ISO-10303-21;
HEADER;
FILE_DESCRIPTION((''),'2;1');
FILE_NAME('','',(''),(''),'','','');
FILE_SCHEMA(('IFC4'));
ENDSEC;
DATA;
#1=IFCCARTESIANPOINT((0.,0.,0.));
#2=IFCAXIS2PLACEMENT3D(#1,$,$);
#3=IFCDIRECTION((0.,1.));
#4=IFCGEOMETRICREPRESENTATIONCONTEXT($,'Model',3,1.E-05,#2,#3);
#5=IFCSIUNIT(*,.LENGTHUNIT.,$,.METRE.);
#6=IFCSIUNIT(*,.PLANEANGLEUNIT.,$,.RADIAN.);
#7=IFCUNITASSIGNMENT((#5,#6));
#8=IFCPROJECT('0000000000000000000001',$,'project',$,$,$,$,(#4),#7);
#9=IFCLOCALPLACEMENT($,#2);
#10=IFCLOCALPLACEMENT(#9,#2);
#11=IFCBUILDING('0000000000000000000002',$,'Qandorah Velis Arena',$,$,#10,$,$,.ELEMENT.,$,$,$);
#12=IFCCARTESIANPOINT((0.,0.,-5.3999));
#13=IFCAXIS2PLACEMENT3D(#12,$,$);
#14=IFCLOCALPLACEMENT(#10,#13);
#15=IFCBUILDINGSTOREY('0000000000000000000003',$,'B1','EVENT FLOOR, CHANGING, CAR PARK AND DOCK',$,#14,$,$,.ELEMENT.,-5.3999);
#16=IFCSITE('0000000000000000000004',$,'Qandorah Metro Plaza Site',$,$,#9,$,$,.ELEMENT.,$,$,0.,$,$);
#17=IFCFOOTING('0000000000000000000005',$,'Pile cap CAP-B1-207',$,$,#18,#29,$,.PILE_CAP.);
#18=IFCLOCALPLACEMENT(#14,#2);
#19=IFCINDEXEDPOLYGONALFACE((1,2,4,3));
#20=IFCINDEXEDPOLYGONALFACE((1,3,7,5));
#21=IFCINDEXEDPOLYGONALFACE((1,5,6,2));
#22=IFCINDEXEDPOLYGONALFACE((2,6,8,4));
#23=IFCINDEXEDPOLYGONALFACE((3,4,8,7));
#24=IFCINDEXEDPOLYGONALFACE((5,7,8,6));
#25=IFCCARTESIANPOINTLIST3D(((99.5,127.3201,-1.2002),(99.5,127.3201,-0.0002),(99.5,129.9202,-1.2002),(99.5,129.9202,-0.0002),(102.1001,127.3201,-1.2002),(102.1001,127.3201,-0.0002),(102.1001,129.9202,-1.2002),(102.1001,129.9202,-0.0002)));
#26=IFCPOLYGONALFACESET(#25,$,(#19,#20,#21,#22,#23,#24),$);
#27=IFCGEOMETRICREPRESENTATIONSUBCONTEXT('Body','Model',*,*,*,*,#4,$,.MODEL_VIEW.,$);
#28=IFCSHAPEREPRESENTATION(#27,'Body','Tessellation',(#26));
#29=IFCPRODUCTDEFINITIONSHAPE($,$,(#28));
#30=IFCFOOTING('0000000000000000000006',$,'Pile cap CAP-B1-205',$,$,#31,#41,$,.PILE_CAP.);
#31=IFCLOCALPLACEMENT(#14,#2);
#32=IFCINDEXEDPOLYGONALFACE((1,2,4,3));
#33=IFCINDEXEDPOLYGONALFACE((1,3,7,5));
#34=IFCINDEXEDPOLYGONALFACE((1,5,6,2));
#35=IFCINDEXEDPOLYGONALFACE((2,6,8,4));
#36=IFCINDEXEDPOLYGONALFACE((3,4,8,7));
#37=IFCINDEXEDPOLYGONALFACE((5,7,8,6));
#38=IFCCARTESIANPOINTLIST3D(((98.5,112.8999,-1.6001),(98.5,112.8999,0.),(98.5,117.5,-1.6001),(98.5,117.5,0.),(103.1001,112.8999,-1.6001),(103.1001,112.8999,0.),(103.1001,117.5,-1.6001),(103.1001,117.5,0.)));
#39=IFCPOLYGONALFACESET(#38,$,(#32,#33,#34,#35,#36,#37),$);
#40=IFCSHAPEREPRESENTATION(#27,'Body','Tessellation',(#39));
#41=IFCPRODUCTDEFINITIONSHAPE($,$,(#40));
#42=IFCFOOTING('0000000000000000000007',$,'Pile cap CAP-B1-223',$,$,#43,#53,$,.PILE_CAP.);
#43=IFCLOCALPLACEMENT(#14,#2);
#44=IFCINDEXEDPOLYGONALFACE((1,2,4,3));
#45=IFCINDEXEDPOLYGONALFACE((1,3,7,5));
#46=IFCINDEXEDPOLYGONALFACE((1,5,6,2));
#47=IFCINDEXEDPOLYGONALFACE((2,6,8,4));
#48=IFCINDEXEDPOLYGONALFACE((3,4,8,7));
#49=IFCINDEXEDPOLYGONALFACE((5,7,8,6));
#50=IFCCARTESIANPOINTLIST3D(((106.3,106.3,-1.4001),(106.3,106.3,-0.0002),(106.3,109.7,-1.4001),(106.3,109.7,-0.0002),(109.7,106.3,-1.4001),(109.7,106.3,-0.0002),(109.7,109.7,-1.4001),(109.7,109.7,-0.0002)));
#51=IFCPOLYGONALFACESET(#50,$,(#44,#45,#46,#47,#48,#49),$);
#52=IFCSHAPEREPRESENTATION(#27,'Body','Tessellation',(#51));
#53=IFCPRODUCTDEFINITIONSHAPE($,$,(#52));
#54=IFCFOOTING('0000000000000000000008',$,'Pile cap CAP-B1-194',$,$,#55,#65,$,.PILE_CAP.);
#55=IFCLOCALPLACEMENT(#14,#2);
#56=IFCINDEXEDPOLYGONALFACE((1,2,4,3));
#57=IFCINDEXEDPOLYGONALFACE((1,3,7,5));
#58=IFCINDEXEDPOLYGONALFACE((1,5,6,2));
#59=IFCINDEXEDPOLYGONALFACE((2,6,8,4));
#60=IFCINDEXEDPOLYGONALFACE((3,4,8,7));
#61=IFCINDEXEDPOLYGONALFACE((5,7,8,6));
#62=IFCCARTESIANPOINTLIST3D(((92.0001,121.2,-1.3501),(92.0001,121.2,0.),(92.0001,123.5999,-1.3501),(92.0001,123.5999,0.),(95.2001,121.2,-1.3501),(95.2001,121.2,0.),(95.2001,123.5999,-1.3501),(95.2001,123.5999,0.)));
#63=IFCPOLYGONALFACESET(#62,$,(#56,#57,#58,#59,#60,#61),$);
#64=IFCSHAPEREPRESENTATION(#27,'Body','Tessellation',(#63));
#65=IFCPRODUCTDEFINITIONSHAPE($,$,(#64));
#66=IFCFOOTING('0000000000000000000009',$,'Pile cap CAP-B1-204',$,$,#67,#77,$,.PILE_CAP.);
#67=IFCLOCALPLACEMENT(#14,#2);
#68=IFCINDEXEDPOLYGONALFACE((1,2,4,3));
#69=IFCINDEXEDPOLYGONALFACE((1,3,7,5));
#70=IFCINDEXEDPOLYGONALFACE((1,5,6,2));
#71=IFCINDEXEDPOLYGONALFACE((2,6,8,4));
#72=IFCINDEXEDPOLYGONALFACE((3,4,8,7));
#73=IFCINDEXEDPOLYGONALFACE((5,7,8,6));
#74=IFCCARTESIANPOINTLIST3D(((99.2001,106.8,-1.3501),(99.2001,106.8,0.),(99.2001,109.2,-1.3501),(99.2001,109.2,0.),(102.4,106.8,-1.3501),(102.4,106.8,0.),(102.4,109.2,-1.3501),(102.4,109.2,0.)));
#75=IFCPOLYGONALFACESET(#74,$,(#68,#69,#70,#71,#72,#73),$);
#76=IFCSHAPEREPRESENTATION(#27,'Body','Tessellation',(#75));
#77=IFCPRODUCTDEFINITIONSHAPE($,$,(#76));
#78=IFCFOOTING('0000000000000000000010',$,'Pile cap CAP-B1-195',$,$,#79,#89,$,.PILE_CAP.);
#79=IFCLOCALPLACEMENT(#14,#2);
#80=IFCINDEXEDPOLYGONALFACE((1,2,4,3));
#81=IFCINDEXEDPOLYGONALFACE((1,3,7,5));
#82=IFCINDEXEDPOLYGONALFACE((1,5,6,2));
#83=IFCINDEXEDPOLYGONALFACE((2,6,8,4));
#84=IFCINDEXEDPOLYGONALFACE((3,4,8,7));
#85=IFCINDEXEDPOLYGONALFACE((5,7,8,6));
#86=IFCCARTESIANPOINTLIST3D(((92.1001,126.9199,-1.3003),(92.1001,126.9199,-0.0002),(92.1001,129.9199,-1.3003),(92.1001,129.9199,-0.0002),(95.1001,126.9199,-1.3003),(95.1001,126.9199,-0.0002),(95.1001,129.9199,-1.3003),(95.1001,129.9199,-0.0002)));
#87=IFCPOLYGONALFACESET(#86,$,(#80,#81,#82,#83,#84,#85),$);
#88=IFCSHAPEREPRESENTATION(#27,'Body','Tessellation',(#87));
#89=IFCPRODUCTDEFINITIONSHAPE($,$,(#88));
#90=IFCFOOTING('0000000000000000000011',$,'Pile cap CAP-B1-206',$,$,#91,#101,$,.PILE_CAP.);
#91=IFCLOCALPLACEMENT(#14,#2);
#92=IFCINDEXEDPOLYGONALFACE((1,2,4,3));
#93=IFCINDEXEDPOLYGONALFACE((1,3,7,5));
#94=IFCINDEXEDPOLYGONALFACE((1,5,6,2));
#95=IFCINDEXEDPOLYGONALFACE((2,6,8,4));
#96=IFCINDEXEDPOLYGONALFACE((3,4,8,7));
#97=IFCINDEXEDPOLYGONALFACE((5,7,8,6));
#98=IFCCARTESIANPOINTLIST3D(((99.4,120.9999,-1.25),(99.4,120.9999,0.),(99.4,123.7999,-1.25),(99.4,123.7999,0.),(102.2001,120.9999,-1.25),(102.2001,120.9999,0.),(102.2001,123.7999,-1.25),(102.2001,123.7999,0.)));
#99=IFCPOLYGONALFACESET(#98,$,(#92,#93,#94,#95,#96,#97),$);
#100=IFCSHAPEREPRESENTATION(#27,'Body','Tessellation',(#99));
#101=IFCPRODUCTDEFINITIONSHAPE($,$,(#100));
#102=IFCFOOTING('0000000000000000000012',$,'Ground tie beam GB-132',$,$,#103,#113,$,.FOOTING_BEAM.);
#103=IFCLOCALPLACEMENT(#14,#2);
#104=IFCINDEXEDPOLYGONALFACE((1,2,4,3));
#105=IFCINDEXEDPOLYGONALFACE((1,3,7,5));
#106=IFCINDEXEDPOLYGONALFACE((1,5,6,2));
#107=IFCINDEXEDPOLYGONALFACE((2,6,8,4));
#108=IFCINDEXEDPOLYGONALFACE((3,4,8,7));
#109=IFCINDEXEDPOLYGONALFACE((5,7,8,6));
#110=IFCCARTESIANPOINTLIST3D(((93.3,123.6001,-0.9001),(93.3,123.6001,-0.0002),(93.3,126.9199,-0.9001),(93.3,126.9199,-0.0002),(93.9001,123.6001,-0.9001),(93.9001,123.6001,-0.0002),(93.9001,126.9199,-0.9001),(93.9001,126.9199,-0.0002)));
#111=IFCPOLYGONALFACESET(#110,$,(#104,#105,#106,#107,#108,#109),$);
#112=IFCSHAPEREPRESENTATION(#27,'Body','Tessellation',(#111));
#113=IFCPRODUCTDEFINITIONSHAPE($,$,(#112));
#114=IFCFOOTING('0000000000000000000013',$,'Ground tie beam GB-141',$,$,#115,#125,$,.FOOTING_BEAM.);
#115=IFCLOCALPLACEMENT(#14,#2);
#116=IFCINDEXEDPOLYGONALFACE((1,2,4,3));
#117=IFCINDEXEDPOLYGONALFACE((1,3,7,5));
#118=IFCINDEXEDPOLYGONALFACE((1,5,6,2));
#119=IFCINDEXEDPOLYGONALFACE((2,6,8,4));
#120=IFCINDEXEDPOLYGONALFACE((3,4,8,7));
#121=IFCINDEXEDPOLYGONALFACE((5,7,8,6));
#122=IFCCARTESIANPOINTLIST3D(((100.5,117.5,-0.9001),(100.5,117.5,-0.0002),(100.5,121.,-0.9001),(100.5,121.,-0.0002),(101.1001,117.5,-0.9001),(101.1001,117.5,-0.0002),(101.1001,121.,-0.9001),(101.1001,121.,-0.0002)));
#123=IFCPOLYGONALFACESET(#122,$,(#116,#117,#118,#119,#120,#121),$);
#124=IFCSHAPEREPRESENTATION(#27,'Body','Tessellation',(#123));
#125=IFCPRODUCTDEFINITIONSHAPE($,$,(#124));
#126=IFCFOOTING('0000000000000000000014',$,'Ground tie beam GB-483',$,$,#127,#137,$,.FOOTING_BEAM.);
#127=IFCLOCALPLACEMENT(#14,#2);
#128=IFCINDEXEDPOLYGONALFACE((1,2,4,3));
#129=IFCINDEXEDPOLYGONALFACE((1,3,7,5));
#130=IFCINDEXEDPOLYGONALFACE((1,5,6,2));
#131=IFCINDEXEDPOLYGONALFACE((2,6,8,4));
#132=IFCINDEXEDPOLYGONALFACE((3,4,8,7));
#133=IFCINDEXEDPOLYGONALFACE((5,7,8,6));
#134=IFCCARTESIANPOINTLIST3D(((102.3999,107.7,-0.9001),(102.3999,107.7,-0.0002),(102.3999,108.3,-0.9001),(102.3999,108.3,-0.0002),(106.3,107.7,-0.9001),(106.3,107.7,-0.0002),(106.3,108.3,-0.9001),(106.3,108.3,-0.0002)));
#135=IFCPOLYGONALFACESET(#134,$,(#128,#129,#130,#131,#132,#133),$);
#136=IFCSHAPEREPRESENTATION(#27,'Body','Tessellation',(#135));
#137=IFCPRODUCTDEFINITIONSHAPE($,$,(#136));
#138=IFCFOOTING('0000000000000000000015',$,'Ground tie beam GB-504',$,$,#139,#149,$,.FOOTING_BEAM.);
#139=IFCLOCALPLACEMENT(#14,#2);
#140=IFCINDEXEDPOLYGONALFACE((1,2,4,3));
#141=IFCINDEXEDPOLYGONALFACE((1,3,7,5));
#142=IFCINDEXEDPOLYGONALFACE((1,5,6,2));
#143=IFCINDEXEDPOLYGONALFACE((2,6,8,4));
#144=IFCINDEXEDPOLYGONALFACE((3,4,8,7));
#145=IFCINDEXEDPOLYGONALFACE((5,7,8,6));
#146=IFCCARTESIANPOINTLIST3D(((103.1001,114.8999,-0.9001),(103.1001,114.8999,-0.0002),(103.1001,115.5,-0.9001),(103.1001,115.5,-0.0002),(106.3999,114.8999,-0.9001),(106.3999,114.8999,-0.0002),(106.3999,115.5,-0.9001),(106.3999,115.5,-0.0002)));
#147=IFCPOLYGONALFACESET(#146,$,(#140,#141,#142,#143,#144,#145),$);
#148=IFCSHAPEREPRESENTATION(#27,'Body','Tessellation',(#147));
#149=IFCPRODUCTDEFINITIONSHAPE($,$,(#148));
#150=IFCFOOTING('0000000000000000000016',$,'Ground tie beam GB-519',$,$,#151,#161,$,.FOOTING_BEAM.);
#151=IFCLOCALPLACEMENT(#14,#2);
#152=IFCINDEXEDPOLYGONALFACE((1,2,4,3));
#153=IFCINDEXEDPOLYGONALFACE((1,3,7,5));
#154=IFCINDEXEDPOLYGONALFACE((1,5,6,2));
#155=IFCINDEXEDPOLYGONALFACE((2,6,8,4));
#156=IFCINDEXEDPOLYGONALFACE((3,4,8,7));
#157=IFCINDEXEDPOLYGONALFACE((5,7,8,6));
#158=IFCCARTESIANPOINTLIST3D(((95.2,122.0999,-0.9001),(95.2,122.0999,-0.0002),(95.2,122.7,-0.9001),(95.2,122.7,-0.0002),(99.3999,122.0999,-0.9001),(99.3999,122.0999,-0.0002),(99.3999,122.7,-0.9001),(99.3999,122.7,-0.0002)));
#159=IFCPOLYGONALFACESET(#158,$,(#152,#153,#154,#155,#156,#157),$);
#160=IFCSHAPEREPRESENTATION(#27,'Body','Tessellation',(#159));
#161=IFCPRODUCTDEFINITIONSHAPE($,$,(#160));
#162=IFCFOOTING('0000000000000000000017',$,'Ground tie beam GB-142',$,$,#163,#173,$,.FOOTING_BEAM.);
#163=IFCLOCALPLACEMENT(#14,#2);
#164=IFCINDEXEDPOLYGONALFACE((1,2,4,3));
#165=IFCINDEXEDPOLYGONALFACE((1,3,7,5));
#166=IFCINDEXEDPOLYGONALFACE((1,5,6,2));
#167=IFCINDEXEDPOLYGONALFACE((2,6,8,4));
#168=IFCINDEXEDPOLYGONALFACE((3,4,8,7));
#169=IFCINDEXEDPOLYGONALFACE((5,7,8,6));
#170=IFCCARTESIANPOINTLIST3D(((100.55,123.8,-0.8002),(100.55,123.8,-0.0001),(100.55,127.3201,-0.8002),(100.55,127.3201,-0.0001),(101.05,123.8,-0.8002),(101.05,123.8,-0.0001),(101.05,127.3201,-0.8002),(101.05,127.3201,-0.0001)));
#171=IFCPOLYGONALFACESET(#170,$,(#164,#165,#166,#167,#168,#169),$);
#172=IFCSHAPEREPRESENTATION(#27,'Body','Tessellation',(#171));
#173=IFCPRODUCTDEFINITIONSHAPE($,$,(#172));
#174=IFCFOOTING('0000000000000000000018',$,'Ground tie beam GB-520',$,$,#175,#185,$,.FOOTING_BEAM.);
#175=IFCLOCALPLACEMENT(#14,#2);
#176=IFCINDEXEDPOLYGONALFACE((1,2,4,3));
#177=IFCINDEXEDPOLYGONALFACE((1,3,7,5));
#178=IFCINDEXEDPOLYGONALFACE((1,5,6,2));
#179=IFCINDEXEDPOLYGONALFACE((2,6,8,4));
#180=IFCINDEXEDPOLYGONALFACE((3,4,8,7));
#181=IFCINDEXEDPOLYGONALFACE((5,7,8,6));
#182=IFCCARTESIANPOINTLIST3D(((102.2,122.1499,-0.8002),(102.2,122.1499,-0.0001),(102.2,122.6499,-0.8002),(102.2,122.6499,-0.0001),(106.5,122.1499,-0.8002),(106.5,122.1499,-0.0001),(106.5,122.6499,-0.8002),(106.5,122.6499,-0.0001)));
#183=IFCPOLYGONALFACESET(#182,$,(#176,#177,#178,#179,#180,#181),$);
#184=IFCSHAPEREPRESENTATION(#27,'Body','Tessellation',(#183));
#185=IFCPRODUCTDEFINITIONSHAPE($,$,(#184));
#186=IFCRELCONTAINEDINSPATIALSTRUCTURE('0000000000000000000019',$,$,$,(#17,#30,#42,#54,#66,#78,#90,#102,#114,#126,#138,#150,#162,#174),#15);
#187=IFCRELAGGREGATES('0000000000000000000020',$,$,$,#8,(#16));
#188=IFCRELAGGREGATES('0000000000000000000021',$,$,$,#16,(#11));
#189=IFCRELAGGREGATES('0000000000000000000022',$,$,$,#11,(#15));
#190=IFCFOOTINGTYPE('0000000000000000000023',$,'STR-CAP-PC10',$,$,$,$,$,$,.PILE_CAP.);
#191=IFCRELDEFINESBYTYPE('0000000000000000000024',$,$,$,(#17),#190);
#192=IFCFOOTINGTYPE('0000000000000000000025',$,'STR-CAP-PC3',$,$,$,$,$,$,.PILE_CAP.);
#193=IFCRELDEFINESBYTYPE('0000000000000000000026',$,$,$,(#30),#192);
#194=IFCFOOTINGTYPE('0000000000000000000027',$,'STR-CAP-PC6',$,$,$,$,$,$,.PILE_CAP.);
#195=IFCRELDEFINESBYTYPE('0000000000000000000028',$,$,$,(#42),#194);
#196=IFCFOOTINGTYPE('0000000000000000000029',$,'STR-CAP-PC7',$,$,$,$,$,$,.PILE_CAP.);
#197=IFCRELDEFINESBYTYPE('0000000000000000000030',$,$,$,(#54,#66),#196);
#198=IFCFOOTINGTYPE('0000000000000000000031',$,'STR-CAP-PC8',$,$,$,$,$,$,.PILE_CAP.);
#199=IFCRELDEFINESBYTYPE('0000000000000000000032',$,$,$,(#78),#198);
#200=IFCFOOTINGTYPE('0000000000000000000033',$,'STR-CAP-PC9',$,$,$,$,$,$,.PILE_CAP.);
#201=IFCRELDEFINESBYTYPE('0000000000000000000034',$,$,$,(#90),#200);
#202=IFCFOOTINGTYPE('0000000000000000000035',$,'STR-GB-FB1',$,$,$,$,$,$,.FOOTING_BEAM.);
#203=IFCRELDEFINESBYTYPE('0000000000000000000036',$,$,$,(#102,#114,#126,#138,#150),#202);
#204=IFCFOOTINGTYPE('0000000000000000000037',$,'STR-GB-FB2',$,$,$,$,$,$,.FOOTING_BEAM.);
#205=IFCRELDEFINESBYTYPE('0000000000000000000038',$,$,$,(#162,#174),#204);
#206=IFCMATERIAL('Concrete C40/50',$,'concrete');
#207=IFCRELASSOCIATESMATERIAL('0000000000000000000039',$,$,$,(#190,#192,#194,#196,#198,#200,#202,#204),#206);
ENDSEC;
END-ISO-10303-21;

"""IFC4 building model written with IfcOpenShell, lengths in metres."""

from ifc_helpers import new_model, si_unit, direction, frame, origin, origin_2d, place, context, subcontext, project, spatial, rectangle, extrude, material, material_profile, profile_set, type_object, element, save


model = new_model("IFC4")

# Units and contexts
model_context = context("Model", 3, precision=1e-05, world=origin(), true_north=direction((0.0, 1.0)))
body_context = subcontext(model_context, "Body", "Model", "MODEL_VIEW")
ifc_project = project(units=[si_unit("LENGTHUNIT", "METRE"), si_unit("PLANEANGLEUNIT", "RADIAN")], contexts=[model_context])

# Site, building, storey
site_placement = place(None, origin())
site = spatial("IfcSite", under=ifc_project, at=site_placement, Name="Qandorah Metro Plaza Site", CompositionType="ELEMENT", RefElevation=0.0)
building_placement = place(site_placement, origin())
building = spatial("IfcBuilding", under=site, at=building_placement, Name="Qandorah Velis Arena", CompositionType="ELEMENT")
storey_placement = place(building_placement, frame((0.0, 0.0, -5.3999)))
storey = spatial("IfcBuildingStorey", under=building, at=storey_placement, Name="B1", Description="EVENT FLOOR, CHANGING, CAR PARK AND DOCK", CompositionType="ELEMENT", Elevation=-5.3999)

# Footings
ifc_material_1 = material(Name="Concrete C40/50", Category="concrete")
footing_type_1 = type_object("IfcFootingType", Name="STR-CAP-PC10", PredefinedType="PILE_CAP", material=ifc_material_1)
footing_1_placement = place(storey_placement, frame((100.8, 128.6201, -1.2002), z_axis=(0.0, 0.0, 1.0), x_axis=(1.0, 0.0, 0.0)))
element("IfcFooting", 1, at=footing_1_placement, inside=storey, type_object=footing_type_1, Name="Pile cap CAP-B1-207", PredefinedType="PILE_CAP", context=body_context, shape_type="SweptSolid", body=[
    extrude(rectangle(XDim=2.6001, YDim=2.6001, at=origin_2d()), origin(), (0.0, 0.0, 1.0), 1.2),
])
footing_type_2 = type_object("IfcFootingType", Name="STR-CAP-PC3", PredefinedType="PILE_CAP", material=ifc_material_1)
footing_2_placement = place(storey_placement, frame((100.8, 115.2, -1.6001), z_axis=(0.0, 0.0, 1.0), x_axis=(1.0, 0.0, 0.0)))
element("IfcFooting", 2, at=footing_2_placement, inside=storey, type_object=footing_type_2, Name="Pile cap CAP-B1-205", PredefinedType="PILE_CAP", context=body_context, shape_type="SweptSolid", body=[
    extrude(rectangle(XDim=4.6001, YDim=4.6001, at=origin_2d()), origin(), (0.0, 0.0, 1.0), 1.6001),
])
footing_type_3 = type_object("IfcFootingType", Name="STR-CAP-PC6", PredefinedType="PILE_CAP", material=ifc_material_1)
footing_3_placement = place(storey_placement, frame((108.0, 108.0, -1.4001), z_axis=(0.0, 0.0, 1.0), x_axis=(1.0, 0.0, 0.0)))
element("IfcFooting", 3, at=footing_3_placement, inside=storey, type_object=footing_type_3, Name="Pile cap CAP-B1-223", PredefinedType="PILE_CAP", context=body_context, shape_type="SweptSolid", body=[
    extrude(rectangle(XDim=3.3999, YDim=3.3999, at=origin_2d()), origin(), (0.0, 0.0, 1.0), 1.3999),
])
footing_type_4 = type_object("IfcFootingType", Name="STR-CAP-PC7", PredefinedType="PILE_CAP", material=ifc_material_1)
for number, where, z_axis, x_axis, name in (
    (4, (93.6001, 122.3999, -1.3501), (0.0, 0.0, 1.0), (1.0, 0.0, 0.0), "Pile cap CAP-B1-194"),
    (5, (100.8, 108.0, -1.3501), (0.0, 0.0, 1.0), (1.0, 0.0, 0.0), "Pile cap CAP-B1-204"),
):
    element("IfcFooting", number, at=place(storey_placement, frame(where, z_axis=z_axis, x_axis=x_axis)), inside=storey, type_object=footing_type_4, Name=name, PredefinedType="PILE_CAP", context=body_context, shape_type="SweptSolid", body=[
        extrude(rectangle(XDim=3.2, YDim=2.3999, at=origin_2d()), origin(), (0.0, 0.0, 1.0), 1.3501),
    ])
footing_type_5 = type_object("IfcFootingType", Name="STR-CAP-PC8", PredefinedType="PILE_CAP", material=ifc_material_1)
footing_4_placement = place(storey_placement, frame((93.6001, 128.4199, -1.3003), z_axis=(0.0, 0.0, 1.0), x_axis=(1.0, 0.0, 0.0)))
element("IfcFooting", 6, at=footing_4_placement, inside=storey, type_object=footing_type_5, Name="Pile cap CAP-B1-195", PredefinedType="PILE_CAP", context=body_context, shape_type="SweptSolid", body=[
    extrude(rectangle(XDim=3.0, YDim=3.0, at=origin_2d()), origin(), (0.0, 0.0, 1.0), 1.3),
])
footing_type_6 = type_object("IfcFootingType", Name="STR-CAP-PC9", PredefinedType="PILE_CAP", material=ifc_material_1)
footing_5_placement = place(storey_placement, frame((100.8, 122.3999, -1.25), z_axis=(0.0, 0.0, 1.0), x_axis=(1.0, 0.0, 0.0)))
element("IfcFooting", 7, at=footing_5_placement, inside=storey, type_object=footing_type_6, Name="Pile cap CAP-B1-206", PredefinedType="PILE_CAP", context=body_context, shape_type="SweptSolid", body=[
    extrude(rectangle(XDim=2.8, YDim=2.8, at=origin_2d()), origin(), (0.0, 0.0, 1.0), 1.25),
])
ifc_material_profile_1 = material_profile(ifc_material_1, rectangle(XDim=0.6001, YDim=0.8999, at=origin_2d()), Name="GB1 600x900")
ifc_profile_set_1 = profile_set([ifc_material_profile_1], Name="Concrete C40/50")
footing_type_7 = type_object("IfcFootingType", Name="STR-GB-FB1", PredefinedType="FOOTING_BEAM", material=ifc_profile_set_1)
footing_6_placement = place(storey_placement, frame((93.6001, 123.6001, -0.4502), z_axis=(0.0, 1.0, 0.0), x_axis=(-1.0, 0.0, 0.0)))
element("IfcFooting", 8, at=footing_6_placement, inside=storey, type_object=footing_type_7, Name="Ground tie beam GB-132", PredefinedType="FOOTING_BEAM", context=body_context, shape_type="SweptSolid", body=[
    extrude(rectangle(XDim=0.6001, YDim=0.8999, at=origin_2d()), origin(), (0.0, 0.0, 1.0), 3.3198),
])
footing_7_placement = place(storey_placement, frame((100.8, 117.5, -0.4502), z_axis=(0.0, 1.0, 0.0), x_axis=(-1.0, 0.0, 0.0)))
element("IfcFooting", 9, at=footing_7_placement, inside=storey, type_object=footing_type_7, Name="Ground tie beam GB-141", PredefinedType="FOOTING_BEAM", context=body_context, shape_type="SweptSolid", body=[
    extrude(rectangle(XDim=0.6001, YDim=0.8999, at=origin_2d()), origin(), (0.0, 0.0, 1.0), 3.5),
])
footing_8_placement = place(storey_placement, frame((102.3999, 108.0, -0.4502), z_axis=(1.0, 0.0, 0.0), x_axis=(0.0, 1.0, 0.0)))
element("IfcFooting", 10, at=footing_8_placement, inside=storey, type_object=footing_type_7, Name="Ground tie beam GB-483", PredefinedType="FOOTING_BEAM", context=body_context, shape_type="SweptSolid", body=[
    extrude(rectangle(XDim=0.6001, YDim=0.8999, at=origin_2d()), origin(), (0.0, 0.0, 1.0), 3.9001),
])
footing_9_placement = place(storey_placement, frame((103.1001, 115.2, -0.4502), z_axis=(1.0, 0.0, 0.0), x_axis=(0.0, 1.0, 0.0)))
element("IfcFooting", 11, at=footing_9_placement, inside=storey, type_object=footing_type_7, Name="Ground tie beam GB-504", PredefinedType="FOOTING_BEAM", context=body_context, shape_type="SweptSolid", body=[
    extrude(rectangle(XDim=0.6001, YDim=0.8999, at=origin_2d()), origin(), (0.0, 0.0, 1.0), 3.2998),
])
footing_10_placement = place(storey_placement, frame((95.2, 122.3999, -0.4502), z_axis=(1.0, 0.0, 0.0), x_axis=(0.0, 1.0, 0.0)))
element("IfcFooting", 12, at=footing_10_placement, inside=storey, type_object=footing_type_7, Name="Ground tie beam GB-519", PredefinedType="FOOTING_BEAM", context=body_context, shape_type="SweptSolid", body=[
    extrude(rectangle(XDim=0.6001, YDim=0.8999, at=origin_2d()), origin(), (0.0, 0.0, 1.0), 4.2),
])
ifc_material_profile_2 = material_profile(ifc_material_1, rectangle(XDim=0.5, YDim=0.8, at=origin_2d()), Name="GB2 500x800")
ifc_profile_set_2 = profile_set([ifc_material_profile_2], Name="Concrete C40/50")
footing_type_8 = type_object("IfcFootingType", Name="STR-GB-FB2", PredefinedType="FOOTING_BEAM", material=ifc_profile_set_2)
footing_11_placement = place(storey_placement, frame((100.8, 123.8, -0.4001), z_axis=(0.0, 1.0, 0.0), x_axis=(-1.0, 0.0, 0.0)))
element("IfcFooting", 13, at=footing_11_placement, inside=storey, type_object=footing_type_8, Name="Ground tie beam GB-142", PredefinedType="FOOTING_BEAM", context=body_context, shape_type="SweptSolid", body=[
    extrude(rectangle(XDim=0.5, YDim=0.8, at=origin_2d()), origin(), (0.0, 0.0, 1.0), 3.52),
])
footing_12_placement = place(storey_placement, frame((102.2, 122.3999, -0.4001), z_axis=(1.0, 0.0, 0.0), x_axis=(0.0, 1.0, 0.0)))
element("IfcFooting", 14, at=footing_12_placement, inside=storey, type_object=footing_type_8, Name="Ground tie beam GB-520", PredefinedType="FOOTING_BEAM", context=body_context, shape_type="SweptSolid", body=[
    extrude(rectangle(XDim=0.5, YDim=0.8, at=origin_2d()), origin(), (0.0, 0.0, 1.0), 4.3),
])

save(model, "model.ifc")
